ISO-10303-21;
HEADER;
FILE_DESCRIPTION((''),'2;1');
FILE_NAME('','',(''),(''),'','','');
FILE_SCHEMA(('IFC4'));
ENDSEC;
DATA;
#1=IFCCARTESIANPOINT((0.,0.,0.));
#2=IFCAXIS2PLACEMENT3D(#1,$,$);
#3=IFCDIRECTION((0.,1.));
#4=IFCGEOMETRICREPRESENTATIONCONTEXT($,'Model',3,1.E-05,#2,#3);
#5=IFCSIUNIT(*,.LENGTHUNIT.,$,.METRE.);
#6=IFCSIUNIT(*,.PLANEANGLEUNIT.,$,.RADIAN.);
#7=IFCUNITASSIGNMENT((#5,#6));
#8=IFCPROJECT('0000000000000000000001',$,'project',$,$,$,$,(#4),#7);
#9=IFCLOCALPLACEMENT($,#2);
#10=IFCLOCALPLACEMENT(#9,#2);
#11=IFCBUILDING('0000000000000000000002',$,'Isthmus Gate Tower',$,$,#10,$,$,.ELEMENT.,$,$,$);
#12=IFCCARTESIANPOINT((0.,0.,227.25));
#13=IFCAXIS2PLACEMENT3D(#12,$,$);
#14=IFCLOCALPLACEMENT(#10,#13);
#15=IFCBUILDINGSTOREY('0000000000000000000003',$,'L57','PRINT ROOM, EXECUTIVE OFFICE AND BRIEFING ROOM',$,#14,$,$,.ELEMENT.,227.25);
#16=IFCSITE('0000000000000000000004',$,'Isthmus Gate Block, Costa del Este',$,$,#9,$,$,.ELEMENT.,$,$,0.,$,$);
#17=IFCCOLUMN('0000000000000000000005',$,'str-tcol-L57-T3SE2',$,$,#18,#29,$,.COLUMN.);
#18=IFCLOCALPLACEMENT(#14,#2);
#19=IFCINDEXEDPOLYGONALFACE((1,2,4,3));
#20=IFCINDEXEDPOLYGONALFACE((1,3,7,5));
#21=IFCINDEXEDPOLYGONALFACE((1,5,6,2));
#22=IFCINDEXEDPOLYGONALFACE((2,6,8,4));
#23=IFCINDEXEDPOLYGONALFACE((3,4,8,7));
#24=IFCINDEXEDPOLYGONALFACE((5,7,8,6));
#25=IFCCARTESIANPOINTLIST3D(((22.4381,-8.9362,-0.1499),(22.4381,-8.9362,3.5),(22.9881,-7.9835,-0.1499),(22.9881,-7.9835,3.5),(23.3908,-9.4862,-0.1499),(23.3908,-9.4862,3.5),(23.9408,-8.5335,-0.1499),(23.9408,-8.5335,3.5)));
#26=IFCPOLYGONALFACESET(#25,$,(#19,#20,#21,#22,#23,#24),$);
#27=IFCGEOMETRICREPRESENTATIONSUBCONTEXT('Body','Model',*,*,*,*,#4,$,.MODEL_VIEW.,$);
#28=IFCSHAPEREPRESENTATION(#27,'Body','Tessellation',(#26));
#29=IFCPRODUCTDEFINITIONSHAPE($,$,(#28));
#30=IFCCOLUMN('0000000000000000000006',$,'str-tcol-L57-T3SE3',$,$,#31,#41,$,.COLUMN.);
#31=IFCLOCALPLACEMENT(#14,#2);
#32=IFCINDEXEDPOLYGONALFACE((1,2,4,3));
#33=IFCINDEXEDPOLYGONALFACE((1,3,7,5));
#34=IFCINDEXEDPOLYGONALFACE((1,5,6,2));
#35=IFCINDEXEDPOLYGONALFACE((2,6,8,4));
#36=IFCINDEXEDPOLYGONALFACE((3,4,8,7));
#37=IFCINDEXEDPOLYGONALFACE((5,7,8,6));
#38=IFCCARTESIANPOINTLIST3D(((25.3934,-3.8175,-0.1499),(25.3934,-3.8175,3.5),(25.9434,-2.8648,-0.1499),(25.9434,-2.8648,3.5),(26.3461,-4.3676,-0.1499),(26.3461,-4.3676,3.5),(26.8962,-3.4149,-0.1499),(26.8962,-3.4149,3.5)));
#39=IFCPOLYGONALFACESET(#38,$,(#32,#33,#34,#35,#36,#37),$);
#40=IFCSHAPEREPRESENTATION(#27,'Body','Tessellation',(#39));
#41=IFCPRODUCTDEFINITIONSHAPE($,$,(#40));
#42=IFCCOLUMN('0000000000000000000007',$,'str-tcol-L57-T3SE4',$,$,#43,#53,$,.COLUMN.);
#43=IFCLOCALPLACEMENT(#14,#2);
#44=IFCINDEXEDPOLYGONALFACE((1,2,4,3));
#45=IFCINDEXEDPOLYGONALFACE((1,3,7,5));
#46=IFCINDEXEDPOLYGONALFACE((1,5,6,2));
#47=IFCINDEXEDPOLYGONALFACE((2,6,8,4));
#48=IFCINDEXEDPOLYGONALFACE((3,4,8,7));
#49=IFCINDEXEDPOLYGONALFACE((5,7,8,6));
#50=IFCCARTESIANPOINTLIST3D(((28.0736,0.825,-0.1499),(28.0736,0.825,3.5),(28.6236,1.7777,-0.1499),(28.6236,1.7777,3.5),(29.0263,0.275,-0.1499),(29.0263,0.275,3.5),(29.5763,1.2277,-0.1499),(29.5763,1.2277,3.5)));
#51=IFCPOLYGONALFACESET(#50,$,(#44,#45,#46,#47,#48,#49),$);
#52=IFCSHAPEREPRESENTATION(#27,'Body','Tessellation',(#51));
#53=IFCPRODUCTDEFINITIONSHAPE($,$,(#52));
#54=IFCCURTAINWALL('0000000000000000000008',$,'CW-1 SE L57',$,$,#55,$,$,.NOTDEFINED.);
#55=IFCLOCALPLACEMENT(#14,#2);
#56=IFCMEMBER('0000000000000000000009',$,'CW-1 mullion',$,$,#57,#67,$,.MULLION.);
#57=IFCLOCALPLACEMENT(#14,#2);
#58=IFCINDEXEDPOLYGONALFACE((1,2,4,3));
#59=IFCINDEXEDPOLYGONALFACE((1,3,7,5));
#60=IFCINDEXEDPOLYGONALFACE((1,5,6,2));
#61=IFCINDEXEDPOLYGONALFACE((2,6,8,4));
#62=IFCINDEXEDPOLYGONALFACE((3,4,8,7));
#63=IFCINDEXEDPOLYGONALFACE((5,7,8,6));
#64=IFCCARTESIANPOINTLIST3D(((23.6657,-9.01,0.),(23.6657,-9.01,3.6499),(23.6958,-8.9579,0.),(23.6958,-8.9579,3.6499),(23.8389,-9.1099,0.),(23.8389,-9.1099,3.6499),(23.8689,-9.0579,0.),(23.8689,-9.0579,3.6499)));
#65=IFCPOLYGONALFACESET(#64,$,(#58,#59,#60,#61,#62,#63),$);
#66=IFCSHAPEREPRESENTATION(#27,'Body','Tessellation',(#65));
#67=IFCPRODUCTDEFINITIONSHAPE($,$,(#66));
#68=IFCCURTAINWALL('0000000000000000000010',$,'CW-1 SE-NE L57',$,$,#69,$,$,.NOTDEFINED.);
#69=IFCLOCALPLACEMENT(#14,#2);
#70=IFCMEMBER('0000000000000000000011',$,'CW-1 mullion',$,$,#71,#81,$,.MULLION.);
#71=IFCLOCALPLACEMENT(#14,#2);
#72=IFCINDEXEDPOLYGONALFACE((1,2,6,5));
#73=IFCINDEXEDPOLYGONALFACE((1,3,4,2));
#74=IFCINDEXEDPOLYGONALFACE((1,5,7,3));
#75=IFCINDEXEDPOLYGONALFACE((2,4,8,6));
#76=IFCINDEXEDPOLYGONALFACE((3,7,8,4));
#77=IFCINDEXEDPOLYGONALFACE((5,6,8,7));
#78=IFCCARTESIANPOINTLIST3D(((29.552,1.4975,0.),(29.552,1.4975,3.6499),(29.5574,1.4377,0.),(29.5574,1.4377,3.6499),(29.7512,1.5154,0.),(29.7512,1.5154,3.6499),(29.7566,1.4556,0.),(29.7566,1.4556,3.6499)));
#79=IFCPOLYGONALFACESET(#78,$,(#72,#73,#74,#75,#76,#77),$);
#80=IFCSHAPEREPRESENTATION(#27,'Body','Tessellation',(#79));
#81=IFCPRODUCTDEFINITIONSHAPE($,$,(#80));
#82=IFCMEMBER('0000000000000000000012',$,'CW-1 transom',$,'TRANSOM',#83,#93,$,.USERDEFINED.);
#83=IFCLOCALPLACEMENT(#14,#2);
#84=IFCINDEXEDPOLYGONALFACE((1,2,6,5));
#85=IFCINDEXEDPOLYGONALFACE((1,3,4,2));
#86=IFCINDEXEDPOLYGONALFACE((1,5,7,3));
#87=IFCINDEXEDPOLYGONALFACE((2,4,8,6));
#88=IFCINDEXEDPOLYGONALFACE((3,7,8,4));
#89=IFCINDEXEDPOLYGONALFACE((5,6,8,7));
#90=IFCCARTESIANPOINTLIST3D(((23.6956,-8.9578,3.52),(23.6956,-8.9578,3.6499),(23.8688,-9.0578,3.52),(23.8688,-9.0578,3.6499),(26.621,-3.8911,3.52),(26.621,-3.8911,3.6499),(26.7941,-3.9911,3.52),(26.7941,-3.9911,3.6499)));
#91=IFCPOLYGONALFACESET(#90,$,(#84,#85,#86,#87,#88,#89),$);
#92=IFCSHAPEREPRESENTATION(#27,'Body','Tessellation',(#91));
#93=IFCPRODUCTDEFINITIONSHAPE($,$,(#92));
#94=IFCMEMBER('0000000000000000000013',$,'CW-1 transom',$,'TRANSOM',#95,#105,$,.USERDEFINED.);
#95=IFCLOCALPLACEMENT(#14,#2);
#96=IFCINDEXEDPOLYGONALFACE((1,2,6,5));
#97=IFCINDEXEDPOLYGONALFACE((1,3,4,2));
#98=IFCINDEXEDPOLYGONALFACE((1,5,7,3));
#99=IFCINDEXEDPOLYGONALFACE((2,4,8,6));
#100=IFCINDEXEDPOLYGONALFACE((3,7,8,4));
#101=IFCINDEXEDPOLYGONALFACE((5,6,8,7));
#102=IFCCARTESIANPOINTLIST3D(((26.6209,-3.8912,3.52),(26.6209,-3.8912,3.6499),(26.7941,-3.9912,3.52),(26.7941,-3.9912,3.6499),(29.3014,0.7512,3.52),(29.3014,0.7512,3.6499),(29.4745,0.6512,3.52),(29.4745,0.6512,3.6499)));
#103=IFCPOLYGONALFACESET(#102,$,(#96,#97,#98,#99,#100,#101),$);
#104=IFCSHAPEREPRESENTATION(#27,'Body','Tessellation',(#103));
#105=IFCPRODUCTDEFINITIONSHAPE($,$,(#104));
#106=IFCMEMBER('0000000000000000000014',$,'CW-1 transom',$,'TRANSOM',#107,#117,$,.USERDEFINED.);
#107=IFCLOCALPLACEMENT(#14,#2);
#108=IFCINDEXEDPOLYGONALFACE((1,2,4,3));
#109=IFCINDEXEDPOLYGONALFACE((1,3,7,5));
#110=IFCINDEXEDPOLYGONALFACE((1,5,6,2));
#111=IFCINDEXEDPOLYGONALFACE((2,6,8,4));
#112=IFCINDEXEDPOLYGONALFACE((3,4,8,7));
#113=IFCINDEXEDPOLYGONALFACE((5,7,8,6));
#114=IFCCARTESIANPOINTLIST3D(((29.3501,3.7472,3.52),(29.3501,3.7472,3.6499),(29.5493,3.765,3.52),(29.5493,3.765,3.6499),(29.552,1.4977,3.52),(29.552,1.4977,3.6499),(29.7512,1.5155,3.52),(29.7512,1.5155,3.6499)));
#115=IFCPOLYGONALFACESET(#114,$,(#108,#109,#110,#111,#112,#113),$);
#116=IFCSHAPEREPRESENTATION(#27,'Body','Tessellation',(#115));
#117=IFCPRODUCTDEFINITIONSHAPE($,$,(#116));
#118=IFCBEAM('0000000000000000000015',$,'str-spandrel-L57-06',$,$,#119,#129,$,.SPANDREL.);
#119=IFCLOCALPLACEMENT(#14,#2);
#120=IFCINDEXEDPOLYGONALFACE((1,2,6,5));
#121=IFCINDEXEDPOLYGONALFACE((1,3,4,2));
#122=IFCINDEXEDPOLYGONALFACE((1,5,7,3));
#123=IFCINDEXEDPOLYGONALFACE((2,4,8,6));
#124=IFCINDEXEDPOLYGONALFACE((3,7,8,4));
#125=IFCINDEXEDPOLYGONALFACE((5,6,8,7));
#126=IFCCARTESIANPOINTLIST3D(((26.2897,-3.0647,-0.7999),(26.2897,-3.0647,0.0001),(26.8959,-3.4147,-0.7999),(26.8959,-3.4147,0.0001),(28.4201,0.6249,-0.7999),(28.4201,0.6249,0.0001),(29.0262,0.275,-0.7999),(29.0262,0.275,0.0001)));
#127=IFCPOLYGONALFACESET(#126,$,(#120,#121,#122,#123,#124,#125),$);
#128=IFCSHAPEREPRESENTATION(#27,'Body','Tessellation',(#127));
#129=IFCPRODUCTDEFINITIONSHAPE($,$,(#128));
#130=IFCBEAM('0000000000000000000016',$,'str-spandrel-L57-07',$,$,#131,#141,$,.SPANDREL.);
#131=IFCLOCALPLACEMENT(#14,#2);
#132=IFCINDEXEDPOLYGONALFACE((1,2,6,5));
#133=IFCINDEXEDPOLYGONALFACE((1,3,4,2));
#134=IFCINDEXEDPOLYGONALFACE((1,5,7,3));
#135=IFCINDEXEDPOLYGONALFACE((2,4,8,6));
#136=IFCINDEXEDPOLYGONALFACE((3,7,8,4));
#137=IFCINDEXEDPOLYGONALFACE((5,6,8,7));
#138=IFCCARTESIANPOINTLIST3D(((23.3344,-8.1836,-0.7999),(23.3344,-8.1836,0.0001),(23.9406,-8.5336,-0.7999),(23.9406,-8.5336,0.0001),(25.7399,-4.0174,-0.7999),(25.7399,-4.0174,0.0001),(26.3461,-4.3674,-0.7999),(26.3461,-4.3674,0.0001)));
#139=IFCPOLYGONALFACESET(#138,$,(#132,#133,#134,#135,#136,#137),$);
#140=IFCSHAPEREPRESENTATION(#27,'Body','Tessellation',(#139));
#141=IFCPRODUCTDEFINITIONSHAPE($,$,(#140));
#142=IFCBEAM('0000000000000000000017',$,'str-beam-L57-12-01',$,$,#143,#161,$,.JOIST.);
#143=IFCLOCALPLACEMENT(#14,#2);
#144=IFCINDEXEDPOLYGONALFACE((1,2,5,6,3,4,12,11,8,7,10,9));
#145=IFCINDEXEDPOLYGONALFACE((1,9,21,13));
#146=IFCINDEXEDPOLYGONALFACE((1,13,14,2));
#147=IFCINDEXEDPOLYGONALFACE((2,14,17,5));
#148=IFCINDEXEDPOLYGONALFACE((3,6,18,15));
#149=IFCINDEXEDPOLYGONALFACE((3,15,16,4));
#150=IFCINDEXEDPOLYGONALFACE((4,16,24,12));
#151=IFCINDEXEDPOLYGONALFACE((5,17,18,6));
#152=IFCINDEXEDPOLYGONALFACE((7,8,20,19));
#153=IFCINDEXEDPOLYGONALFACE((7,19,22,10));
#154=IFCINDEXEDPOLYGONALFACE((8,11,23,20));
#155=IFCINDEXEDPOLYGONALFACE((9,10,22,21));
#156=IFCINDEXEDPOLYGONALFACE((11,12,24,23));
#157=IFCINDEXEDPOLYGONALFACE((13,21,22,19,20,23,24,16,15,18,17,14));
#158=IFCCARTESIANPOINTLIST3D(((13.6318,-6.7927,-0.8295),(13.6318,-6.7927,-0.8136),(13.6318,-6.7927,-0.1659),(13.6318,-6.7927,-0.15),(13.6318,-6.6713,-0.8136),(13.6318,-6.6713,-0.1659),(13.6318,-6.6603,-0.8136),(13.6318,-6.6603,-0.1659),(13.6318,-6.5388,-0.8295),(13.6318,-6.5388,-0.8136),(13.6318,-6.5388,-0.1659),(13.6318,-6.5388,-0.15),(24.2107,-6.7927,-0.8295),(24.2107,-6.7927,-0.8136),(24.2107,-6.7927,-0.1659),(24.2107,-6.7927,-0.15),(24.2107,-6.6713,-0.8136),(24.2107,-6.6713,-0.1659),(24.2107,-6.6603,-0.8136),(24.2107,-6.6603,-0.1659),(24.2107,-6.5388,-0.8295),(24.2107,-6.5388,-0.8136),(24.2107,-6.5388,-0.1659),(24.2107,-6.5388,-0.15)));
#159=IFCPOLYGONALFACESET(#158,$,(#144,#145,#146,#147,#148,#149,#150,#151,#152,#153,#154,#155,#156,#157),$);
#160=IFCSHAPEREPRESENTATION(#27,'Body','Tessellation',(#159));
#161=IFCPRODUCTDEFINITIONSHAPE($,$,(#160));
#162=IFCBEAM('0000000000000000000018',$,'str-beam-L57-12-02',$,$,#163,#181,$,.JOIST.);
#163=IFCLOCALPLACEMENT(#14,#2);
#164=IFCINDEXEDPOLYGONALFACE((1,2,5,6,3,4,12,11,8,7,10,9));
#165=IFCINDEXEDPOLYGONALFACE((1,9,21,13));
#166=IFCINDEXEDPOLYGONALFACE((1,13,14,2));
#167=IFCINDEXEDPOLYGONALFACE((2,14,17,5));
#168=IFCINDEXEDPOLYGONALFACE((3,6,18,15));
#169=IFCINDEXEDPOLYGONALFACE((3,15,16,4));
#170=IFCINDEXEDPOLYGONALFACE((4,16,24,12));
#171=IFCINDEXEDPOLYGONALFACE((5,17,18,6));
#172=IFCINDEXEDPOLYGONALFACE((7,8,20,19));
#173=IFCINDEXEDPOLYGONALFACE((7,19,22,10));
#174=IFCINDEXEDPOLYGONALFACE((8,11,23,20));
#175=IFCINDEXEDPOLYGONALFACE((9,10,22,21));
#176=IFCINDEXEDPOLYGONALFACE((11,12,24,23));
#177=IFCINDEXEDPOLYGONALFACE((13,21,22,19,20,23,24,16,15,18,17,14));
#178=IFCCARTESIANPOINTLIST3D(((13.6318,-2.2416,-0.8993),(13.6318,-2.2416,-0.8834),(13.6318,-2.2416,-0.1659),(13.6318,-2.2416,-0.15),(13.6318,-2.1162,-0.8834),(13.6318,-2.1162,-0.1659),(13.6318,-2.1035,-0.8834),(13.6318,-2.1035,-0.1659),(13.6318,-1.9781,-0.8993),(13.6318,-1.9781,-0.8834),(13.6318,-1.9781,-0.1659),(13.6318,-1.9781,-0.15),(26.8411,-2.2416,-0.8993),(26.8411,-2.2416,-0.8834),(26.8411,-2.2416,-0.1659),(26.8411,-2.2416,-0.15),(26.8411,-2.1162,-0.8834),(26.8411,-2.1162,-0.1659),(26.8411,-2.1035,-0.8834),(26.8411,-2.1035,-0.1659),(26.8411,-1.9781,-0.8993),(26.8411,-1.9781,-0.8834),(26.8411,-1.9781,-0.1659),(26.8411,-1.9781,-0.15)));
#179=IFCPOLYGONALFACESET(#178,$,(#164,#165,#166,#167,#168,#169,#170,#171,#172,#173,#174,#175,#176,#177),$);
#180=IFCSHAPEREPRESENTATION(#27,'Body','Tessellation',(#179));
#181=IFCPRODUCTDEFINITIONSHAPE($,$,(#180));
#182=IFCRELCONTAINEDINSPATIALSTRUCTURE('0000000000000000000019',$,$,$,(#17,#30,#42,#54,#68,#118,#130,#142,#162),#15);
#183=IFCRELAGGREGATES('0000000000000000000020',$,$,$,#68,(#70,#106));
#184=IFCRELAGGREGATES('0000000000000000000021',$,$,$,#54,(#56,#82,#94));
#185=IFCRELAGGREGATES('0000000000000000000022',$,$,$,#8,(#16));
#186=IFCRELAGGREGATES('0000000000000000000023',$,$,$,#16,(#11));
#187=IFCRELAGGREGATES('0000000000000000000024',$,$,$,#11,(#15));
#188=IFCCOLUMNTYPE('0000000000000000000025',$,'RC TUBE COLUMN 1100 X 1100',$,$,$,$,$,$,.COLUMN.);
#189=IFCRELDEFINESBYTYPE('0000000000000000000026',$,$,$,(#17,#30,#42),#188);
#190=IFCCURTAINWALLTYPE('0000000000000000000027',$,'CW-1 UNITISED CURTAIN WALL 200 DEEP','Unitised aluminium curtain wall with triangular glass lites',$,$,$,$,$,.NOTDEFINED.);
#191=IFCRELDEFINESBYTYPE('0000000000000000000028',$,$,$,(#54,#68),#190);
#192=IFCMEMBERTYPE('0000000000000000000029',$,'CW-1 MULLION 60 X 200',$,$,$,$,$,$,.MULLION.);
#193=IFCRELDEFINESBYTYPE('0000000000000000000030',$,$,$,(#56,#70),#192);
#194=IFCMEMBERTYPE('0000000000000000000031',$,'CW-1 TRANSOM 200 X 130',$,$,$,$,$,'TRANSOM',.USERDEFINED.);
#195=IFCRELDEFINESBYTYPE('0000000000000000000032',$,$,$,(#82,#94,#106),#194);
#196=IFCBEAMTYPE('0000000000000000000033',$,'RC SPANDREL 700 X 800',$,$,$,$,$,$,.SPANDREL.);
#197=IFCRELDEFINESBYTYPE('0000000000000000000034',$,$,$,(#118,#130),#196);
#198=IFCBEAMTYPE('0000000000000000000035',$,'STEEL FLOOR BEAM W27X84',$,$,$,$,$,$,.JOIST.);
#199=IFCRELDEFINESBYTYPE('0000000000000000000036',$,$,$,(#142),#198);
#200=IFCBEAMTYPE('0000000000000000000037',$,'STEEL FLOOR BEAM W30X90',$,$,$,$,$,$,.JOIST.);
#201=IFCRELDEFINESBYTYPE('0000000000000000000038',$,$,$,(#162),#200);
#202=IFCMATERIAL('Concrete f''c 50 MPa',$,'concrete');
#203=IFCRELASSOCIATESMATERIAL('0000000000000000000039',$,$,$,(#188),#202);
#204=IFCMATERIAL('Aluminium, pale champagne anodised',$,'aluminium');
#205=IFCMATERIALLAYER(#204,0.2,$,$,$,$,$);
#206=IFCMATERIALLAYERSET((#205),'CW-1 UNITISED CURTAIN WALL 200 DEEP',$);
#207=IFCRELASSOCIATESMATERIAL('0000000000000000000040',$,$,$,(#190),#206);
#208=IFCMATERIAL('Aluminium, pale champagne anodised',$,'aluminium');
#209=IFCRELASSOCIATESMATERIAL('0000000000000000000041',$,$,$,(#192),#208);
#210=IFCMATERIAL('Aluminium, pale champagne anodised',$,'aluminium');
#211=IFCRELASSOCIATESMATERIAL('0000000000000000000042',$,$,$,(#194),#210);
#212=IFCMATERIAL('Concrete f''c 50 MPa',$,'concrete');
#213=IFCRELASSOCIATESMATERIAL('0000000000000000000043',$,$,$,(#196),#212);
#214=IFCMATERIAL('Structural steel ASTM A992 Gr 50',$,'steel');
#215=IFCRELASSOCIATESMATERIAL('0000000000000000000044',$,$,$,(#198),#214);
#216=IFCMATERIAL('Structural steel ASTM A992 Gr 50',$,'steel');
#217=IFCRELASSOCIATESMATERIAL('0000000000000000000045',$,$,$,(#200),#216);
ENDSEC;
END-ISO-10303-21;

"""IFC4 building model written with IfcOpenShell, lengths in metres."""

from ifc_helpers import new_model, si_unit, direction, frame, origin, origin_2d, place, context, subcontext, project, spatial, rectangle, i_section, extrude, material, layer, layer_set, material_profile, profile_set, type_object, element, aggregate, save


model = new_model("IFC4")

# Units and contexts
model_context = context("Model", 3, precision=1e-05, world=origin(), true_north=direction((0.0, 1.0)))
body_context = subcontext(model_context, "Body", "Model", "MODEL_VIEW")
ifc_project = project(units=[si_unit("LENGTHUNIT", "METRE"), si_unit("PLANEANGLEUNIT", "RADIAN")], contexts=[model_context])

# Site, building, storey
site_placement = place(None, origin())
site = spatial("IfcSite", under=ifc_project, at=site_placement, Name="Isthmus Gate Block, Costa del Este", CompositionType="ELEMENT", RefElevation=0.0)
building_placement = place(site_placement, origin())
building = spatial("IfcBuilding", under=site, at=building_placement, Name="Isthmus Gate Tower", CompositionType="ELEMENT")
storey_placement = place(building_placement, frame((0.0, 0.0, 227.25)))
storey = spatial("IfcBuildingStorey", under=building, at=storey_placement, Name="L57", Description="PRINT ROOM, EXECUTIVE OFFICE AND BRIEFING ROOM", CompositionType="ELEMENT", Elevation=227.25)

# Columns
ifc_material_1 = material(Name="Concrete f'c 50 MPa", Category="concrete")
ifc_material_profile_1 = material_profile(ifc_material_1, rectangle(XDim=1.1001, YDim=1.1001, at=origin_2d()), Name="RC 1100X1100")
ifc_profile_set_1 = profile_set([ifc_material_profile_1], Name="Concrete f'c 50 MPa")
column_type = type_object("IfcColumnType", Name="RC TUBE COLUMN 1100 X 1100", PredefinedType="COLUMN", material=ifc_profile_set_1)
for number, where, z_axis, x_axis, name in (
    (1, (23.1895, -8.7349, -0.1499), (0.0, 0.0, 1.0), (0.5, 0.866025, 0.0), "str-tcol-L57-T3SE2"),
    (2, (26.1448, -3.6162, -0.1499), (0.0, 0.0, 1.0), (0.5, 0.866025, 0.0), "str-tcol-L57-T3SE3"),
    (3, (28.825, 1.0264, -0.1499), (0.0, 0.0, 1.0), (0.5, 0.866025, 0.0), "str-tcol-L57-T3SE4"),
):
    element("IfcColumn", number, at=place(storey_placement, frame(where, z_axis=z_axis, x_axis=x_axis)), inside=storey, type_object=column_type, Name=name, PredefinedType="COLUMN", context=body_context, shape_type="SweptSolid", body=[
        extrude(rectangle(XDim=1.1001, YDim=1.1001, at=origin_2d()), origin(), (0.0, 0.0, 1.0), 3.6499),
    ])

# Curtain walls, members
ifc_material_2 = material(Name="Aluminium, pale champagne anodised", Category="aluminium")
ifc_layer_1 = layer(ifc_material_2, 0.2)
ifc_layer_set_1 = layer_set([ifc_layer_1], Name="CW-1 UNITISED CURTAIN WALL 200 DEEP")
curtain_wall_type = type_object("IfcCurtainWallType", Name="CW-1 UNITISED CURTAIN WALL 200 DEEP", Description="Unitised aluminium curtain wall with triangular glass lites", PredefinedType="NOTDEFINED", material=ifc_layer_set_1)
curtain_wall_1_placement = place(storey_placement, origin())
curtain_wall_1 = element("IfcCurtainWall", 4, at=curtain_wall_1_placement, inside=storey, type_object=curtain_wall_type, Name="CW-1 SE L57", PredefinedType="NOTDEFINED")
ifc_material_3 = material(Name="Aluminium, pale champagne anodised", Category="aluminium")
ifc_material_profile_2 = material_profile(ifc_material_3, rectangle(XDim=0.0601, YDim=0.2, at=origin_2d()), Name="60x200")
ifc_profile_set_2 = profile_set([ifc_material_profile_2], Name="Aluminium, pale champagne anodised")
member_type_1 = type_object("IfcMemberType", Name="CW-1 MULLION 60 X 200", PredefinedType="MULLION", material=ifc_profile_set_2)
member_1_placement = place(storey_placement, frame((23.7673, -9.0339, 0.0), z_axis=(0.0, 0.0, 1.0), x_axis=(0.5, 0.866025, 0.0)))
member_1 = element("IfcMember", 5, at=member_1_placement, type_object=member_type_1, Name="CW-1 mullion", PredefinedType="MULLION", context=body_context, shape_type="SweptSolid", body=[
    extrude(rectangle(XDim=0.0601, YDim=0.2, at=origin_2d()), origin(), (0.0, 0.0, 1.0), 3.6499),
])
curtain_wall_2_placement = place(storey_placement, origin())
curtain_wall_2 = element("IfcCurtainWall", 6, at=curtain_wall_2_placement, inside=storey, type_object=curtain_wall_type, Name="CW-1 SE-NE L57", PredefinedType="NOTDEFINED")
member_2_placement = place(storey_placement, frame((29.6543, 1.4766, 0.0), z_axis=(0.0, 0.0, 1.0), x_axis=(-0.089397, 0.995996, 0.0)))
member_2 = element("IfcMember", 7, at=member_2_placement, type_object=member_type_1, Name="CW-1 mullion", PredefinedType="MULLION", context=body_context, shape_type="SweptSolid", body=[
    extrude(rectangle(XDim=0.0601, YDim=0.2, at=origin_2d()), origin(), (0.0, 0.0, 1.0), 3.6499),
])

# Members
ifc_material_4 = material(Name="Aluminium, pale champagne anodised", Category="aluminium")
ifc_material_profile_3 = material_profile(ifc_material_4, rectangle(XDim=0.2, YDim=0.1299, at=origin_2d()), Name="200x130")
ifc_profile_set_3 = profile_set([ifc_material_profile_3], Name="Aluminium, pale champagne anodised")
member_type_2 = type_object("IfcMemberType", Name="CW-1 TRANSOM 200 X 130", ElementType="TRANSOM", PredefinedType="USERDEFINED", material=ifc_profile_set_3)
member_3_placement = place(storey_placement, frame((23.7822, -9.0078, 3.585), z_axis=(0.500008, 0.866021, 0.0), x_axis=(-0.866021, 0.500008, 0.0)))
member_3 = element("IfcMember", 8, at=member_3_placement, type_object=member_type_2, Name="CW-1 transom", ObjectType="TRANSOM", PredefinedType="USERDEFINED", context=body_context, shape_type="SweptSolid", body=[
    extrude(rectangle(XDim=0.2, YDim=0.1299, at=origin_2d()), origin(), (0.0, 0.0, 1.0), 5.8506),
])
member_4_placement = place(storey_placement, frame((26.7075, -3.9412, 3.585), z_axis=(0.500023, 0.866012, 0.0), x_axis=(-0.866012, 0.500023, 0.0)))
member_4 = element("IfcMember", 9, at=member_4_placement, type_object=member_type_2, Name="CW-1 transom", ObjectType="TRANSOM", PredefinedType="USERDEFINED", context=body_context, shape_type="SweptSolid", body=[
    extrude(rectangle(XDim=0.2, YDim=0.1299, at=origin_2d()), origin(), (0.0, 0.0, 1.0), 5.3606),
])
member_5_placement = place(storey_placement, frame((29.6516, 1.5066, 3.585), z_axis=(-0.089395, 0.995996, 0.0), x_axis=(-0.995996, -0.089395, 0.0)))
member_5 = element("IfcMember", 10, at=member_5_placement, type_object=member_type_2, Name="CW-1 transom", ObjectType="TRANSOM", PredefinedType="USERDEFINED", context=body_context, shape_type="SweptSolid", body=[
    extrude(rectangle(XDim=0.2, YDim=0.1299, at=origin_2d()), origin(), (0.0, 0.0, 1.0), 2.2585),
])
aggregate(curtain_wall_2, [member_2, member_5])

# Beams
ifc_material_5 = material(Name="Concrete f'c 50 MPa", Category="concrete")
ifc_material_profile_4 = material_profile(ifc_material_5, rectangle(XDim=0.7, YDim=0.8, at=origin_2d()), Name="RC 700X800")
ifc_profile_set_4 = profile_set([ifc_material_profile_4], Name="Concrete f'c 50 MPa")
beam_type_1 = type_object("IfcBeamType", Name="RC SPANDREL 700 X 800", PredefinedType="SPANDREL", material=ifc_profile_set_4)
beam_1_placement = place(storey_placement, frame((28.7231, 0.45, -0.3999), z_axis=(-0.500022, -0.866013, 0.0), x_axis=(0.866013, -0.500022, 0.0)))
element("IfcBeam", 11, at=beam_1_placement, inside=storey, type_object=beam_type_1, Name="str-spandrel-L57-06", PredefinedType="SPANDREL", context=body_context, shape_type="SweptSolid", body=[
    extrude(rectangle(XDim=0.7, YDim=0.8, at=origin_2d()), origin(), (0.0, 0.0, 1.0), 4.2605),
])
beam_2_placement = place(storey_placement, frame((26.043, -4.1924, -0.3999), z_axis=(-0.50002, -0.866014, 0.0), x_axis=(0.866014, -0.50002, 0.0)))
element("IfcBeam", 12, at=beam_2_placement, inside=storey, type_object=beam_type_1, Name="str-spandrel-L57-07", PredefinedType="SPANDREL", context=body_context, shape_type="SweptSolid", body=[
    extrude(rectangle(XDim=0.7, YDim=0.8, at=origin_2d()), origin(), (0.0, 0.0, 1.0), 4.8108),
])
ifc_material_6 = material(Name="Structural steel ASTM A992 Gr 50", Category="steel")
ifc_material_profile_5 = material_profile(ifc_material_6, i_section(OverallWidth=0.2539, OverallDepth=0.6794, WebThickness=0.011, FlangeThickness=0.0159, at=origin_2d()), Name="W27X84")
ifc_profile_set_5 = profile_set([ifc_material_profile_5], Name="Structural steel ASTM A992 Gr 50")
beam_type_2 = type_object("IfcBeamType", Name="STEEL FLOOR BEAM W27X84", PredefinedType="JOIST", material=ifc_profile_set_5)
beam_3_placement = place(storey_placement, frame((13.6318, -6.6658, -0.4897), z_axis=(1.0, 0.0, 0.0), x_axis=(0.0, 1.0, 0.0)))
element("IfcBeam", 13, at=beam_3_placement, inside=storey, type_object=beam_type_2, Name="str-beam-L57-12-01", PredefinedType="JOIST", context=body_context, shape_type="SweptSolid", body=[
    extrude(i_section(OverallWidth=0.2539, OverallDepth=0.6794, WebThickness=0.011, FlangeThickness=0.0159, at=origin_2d()), origin(), (0.0, 0.0, 1.0), 10.5789),
])
ifc_material_7 = material(Name="Structural steel ASTM A992 Gr 50", Category="steel")
ifc_material_profile_6 = material_profile(ifc_material_7, i_section(OverallWidth=0.2634, OverallDepth=0.7493, WebThickness=0.0127, FlangeThickness=0.0159, at=origin_2d()), Name="W30X90")
ifc_profile_set_6 = profile_set([ifc_material_profile_6], Name="Structural steel ASTM A992 Gr 50")
beam_type_3 = type_object("IfcBeamType", Name="STEEL FLOOR BEAM W30X90", PredefinedType="JOIST", material=ifc_profile_set_6)
beam_4_placement = place(storey_placement, frame((13.6318, -2.1099, -0.5247), z_axis=(1.0, 0.0, 0.0), x_axis=(0.0, 1.0, 0.0)))
element("IfcBeam", 14, at=beam_4_placement, inside=storey, type_object=beam_type_3, Name="str-beam-L57-12-02", PredefinedType="JOIST", context=body_context, shape_type="SweptSolid", body=[
    extrude(i_section(OverallWidth=0.2634, OverallDepth=0.7493, WebThickness=0.0127, FlangeThickness=0.0159, at=origin_2d()), origin(), (0.0, 0.0, 1.0), 13.2092),
])

aggregate(curtain_wall_1, [member_1, member_3, member_4])

save(model, "model.ifc")
